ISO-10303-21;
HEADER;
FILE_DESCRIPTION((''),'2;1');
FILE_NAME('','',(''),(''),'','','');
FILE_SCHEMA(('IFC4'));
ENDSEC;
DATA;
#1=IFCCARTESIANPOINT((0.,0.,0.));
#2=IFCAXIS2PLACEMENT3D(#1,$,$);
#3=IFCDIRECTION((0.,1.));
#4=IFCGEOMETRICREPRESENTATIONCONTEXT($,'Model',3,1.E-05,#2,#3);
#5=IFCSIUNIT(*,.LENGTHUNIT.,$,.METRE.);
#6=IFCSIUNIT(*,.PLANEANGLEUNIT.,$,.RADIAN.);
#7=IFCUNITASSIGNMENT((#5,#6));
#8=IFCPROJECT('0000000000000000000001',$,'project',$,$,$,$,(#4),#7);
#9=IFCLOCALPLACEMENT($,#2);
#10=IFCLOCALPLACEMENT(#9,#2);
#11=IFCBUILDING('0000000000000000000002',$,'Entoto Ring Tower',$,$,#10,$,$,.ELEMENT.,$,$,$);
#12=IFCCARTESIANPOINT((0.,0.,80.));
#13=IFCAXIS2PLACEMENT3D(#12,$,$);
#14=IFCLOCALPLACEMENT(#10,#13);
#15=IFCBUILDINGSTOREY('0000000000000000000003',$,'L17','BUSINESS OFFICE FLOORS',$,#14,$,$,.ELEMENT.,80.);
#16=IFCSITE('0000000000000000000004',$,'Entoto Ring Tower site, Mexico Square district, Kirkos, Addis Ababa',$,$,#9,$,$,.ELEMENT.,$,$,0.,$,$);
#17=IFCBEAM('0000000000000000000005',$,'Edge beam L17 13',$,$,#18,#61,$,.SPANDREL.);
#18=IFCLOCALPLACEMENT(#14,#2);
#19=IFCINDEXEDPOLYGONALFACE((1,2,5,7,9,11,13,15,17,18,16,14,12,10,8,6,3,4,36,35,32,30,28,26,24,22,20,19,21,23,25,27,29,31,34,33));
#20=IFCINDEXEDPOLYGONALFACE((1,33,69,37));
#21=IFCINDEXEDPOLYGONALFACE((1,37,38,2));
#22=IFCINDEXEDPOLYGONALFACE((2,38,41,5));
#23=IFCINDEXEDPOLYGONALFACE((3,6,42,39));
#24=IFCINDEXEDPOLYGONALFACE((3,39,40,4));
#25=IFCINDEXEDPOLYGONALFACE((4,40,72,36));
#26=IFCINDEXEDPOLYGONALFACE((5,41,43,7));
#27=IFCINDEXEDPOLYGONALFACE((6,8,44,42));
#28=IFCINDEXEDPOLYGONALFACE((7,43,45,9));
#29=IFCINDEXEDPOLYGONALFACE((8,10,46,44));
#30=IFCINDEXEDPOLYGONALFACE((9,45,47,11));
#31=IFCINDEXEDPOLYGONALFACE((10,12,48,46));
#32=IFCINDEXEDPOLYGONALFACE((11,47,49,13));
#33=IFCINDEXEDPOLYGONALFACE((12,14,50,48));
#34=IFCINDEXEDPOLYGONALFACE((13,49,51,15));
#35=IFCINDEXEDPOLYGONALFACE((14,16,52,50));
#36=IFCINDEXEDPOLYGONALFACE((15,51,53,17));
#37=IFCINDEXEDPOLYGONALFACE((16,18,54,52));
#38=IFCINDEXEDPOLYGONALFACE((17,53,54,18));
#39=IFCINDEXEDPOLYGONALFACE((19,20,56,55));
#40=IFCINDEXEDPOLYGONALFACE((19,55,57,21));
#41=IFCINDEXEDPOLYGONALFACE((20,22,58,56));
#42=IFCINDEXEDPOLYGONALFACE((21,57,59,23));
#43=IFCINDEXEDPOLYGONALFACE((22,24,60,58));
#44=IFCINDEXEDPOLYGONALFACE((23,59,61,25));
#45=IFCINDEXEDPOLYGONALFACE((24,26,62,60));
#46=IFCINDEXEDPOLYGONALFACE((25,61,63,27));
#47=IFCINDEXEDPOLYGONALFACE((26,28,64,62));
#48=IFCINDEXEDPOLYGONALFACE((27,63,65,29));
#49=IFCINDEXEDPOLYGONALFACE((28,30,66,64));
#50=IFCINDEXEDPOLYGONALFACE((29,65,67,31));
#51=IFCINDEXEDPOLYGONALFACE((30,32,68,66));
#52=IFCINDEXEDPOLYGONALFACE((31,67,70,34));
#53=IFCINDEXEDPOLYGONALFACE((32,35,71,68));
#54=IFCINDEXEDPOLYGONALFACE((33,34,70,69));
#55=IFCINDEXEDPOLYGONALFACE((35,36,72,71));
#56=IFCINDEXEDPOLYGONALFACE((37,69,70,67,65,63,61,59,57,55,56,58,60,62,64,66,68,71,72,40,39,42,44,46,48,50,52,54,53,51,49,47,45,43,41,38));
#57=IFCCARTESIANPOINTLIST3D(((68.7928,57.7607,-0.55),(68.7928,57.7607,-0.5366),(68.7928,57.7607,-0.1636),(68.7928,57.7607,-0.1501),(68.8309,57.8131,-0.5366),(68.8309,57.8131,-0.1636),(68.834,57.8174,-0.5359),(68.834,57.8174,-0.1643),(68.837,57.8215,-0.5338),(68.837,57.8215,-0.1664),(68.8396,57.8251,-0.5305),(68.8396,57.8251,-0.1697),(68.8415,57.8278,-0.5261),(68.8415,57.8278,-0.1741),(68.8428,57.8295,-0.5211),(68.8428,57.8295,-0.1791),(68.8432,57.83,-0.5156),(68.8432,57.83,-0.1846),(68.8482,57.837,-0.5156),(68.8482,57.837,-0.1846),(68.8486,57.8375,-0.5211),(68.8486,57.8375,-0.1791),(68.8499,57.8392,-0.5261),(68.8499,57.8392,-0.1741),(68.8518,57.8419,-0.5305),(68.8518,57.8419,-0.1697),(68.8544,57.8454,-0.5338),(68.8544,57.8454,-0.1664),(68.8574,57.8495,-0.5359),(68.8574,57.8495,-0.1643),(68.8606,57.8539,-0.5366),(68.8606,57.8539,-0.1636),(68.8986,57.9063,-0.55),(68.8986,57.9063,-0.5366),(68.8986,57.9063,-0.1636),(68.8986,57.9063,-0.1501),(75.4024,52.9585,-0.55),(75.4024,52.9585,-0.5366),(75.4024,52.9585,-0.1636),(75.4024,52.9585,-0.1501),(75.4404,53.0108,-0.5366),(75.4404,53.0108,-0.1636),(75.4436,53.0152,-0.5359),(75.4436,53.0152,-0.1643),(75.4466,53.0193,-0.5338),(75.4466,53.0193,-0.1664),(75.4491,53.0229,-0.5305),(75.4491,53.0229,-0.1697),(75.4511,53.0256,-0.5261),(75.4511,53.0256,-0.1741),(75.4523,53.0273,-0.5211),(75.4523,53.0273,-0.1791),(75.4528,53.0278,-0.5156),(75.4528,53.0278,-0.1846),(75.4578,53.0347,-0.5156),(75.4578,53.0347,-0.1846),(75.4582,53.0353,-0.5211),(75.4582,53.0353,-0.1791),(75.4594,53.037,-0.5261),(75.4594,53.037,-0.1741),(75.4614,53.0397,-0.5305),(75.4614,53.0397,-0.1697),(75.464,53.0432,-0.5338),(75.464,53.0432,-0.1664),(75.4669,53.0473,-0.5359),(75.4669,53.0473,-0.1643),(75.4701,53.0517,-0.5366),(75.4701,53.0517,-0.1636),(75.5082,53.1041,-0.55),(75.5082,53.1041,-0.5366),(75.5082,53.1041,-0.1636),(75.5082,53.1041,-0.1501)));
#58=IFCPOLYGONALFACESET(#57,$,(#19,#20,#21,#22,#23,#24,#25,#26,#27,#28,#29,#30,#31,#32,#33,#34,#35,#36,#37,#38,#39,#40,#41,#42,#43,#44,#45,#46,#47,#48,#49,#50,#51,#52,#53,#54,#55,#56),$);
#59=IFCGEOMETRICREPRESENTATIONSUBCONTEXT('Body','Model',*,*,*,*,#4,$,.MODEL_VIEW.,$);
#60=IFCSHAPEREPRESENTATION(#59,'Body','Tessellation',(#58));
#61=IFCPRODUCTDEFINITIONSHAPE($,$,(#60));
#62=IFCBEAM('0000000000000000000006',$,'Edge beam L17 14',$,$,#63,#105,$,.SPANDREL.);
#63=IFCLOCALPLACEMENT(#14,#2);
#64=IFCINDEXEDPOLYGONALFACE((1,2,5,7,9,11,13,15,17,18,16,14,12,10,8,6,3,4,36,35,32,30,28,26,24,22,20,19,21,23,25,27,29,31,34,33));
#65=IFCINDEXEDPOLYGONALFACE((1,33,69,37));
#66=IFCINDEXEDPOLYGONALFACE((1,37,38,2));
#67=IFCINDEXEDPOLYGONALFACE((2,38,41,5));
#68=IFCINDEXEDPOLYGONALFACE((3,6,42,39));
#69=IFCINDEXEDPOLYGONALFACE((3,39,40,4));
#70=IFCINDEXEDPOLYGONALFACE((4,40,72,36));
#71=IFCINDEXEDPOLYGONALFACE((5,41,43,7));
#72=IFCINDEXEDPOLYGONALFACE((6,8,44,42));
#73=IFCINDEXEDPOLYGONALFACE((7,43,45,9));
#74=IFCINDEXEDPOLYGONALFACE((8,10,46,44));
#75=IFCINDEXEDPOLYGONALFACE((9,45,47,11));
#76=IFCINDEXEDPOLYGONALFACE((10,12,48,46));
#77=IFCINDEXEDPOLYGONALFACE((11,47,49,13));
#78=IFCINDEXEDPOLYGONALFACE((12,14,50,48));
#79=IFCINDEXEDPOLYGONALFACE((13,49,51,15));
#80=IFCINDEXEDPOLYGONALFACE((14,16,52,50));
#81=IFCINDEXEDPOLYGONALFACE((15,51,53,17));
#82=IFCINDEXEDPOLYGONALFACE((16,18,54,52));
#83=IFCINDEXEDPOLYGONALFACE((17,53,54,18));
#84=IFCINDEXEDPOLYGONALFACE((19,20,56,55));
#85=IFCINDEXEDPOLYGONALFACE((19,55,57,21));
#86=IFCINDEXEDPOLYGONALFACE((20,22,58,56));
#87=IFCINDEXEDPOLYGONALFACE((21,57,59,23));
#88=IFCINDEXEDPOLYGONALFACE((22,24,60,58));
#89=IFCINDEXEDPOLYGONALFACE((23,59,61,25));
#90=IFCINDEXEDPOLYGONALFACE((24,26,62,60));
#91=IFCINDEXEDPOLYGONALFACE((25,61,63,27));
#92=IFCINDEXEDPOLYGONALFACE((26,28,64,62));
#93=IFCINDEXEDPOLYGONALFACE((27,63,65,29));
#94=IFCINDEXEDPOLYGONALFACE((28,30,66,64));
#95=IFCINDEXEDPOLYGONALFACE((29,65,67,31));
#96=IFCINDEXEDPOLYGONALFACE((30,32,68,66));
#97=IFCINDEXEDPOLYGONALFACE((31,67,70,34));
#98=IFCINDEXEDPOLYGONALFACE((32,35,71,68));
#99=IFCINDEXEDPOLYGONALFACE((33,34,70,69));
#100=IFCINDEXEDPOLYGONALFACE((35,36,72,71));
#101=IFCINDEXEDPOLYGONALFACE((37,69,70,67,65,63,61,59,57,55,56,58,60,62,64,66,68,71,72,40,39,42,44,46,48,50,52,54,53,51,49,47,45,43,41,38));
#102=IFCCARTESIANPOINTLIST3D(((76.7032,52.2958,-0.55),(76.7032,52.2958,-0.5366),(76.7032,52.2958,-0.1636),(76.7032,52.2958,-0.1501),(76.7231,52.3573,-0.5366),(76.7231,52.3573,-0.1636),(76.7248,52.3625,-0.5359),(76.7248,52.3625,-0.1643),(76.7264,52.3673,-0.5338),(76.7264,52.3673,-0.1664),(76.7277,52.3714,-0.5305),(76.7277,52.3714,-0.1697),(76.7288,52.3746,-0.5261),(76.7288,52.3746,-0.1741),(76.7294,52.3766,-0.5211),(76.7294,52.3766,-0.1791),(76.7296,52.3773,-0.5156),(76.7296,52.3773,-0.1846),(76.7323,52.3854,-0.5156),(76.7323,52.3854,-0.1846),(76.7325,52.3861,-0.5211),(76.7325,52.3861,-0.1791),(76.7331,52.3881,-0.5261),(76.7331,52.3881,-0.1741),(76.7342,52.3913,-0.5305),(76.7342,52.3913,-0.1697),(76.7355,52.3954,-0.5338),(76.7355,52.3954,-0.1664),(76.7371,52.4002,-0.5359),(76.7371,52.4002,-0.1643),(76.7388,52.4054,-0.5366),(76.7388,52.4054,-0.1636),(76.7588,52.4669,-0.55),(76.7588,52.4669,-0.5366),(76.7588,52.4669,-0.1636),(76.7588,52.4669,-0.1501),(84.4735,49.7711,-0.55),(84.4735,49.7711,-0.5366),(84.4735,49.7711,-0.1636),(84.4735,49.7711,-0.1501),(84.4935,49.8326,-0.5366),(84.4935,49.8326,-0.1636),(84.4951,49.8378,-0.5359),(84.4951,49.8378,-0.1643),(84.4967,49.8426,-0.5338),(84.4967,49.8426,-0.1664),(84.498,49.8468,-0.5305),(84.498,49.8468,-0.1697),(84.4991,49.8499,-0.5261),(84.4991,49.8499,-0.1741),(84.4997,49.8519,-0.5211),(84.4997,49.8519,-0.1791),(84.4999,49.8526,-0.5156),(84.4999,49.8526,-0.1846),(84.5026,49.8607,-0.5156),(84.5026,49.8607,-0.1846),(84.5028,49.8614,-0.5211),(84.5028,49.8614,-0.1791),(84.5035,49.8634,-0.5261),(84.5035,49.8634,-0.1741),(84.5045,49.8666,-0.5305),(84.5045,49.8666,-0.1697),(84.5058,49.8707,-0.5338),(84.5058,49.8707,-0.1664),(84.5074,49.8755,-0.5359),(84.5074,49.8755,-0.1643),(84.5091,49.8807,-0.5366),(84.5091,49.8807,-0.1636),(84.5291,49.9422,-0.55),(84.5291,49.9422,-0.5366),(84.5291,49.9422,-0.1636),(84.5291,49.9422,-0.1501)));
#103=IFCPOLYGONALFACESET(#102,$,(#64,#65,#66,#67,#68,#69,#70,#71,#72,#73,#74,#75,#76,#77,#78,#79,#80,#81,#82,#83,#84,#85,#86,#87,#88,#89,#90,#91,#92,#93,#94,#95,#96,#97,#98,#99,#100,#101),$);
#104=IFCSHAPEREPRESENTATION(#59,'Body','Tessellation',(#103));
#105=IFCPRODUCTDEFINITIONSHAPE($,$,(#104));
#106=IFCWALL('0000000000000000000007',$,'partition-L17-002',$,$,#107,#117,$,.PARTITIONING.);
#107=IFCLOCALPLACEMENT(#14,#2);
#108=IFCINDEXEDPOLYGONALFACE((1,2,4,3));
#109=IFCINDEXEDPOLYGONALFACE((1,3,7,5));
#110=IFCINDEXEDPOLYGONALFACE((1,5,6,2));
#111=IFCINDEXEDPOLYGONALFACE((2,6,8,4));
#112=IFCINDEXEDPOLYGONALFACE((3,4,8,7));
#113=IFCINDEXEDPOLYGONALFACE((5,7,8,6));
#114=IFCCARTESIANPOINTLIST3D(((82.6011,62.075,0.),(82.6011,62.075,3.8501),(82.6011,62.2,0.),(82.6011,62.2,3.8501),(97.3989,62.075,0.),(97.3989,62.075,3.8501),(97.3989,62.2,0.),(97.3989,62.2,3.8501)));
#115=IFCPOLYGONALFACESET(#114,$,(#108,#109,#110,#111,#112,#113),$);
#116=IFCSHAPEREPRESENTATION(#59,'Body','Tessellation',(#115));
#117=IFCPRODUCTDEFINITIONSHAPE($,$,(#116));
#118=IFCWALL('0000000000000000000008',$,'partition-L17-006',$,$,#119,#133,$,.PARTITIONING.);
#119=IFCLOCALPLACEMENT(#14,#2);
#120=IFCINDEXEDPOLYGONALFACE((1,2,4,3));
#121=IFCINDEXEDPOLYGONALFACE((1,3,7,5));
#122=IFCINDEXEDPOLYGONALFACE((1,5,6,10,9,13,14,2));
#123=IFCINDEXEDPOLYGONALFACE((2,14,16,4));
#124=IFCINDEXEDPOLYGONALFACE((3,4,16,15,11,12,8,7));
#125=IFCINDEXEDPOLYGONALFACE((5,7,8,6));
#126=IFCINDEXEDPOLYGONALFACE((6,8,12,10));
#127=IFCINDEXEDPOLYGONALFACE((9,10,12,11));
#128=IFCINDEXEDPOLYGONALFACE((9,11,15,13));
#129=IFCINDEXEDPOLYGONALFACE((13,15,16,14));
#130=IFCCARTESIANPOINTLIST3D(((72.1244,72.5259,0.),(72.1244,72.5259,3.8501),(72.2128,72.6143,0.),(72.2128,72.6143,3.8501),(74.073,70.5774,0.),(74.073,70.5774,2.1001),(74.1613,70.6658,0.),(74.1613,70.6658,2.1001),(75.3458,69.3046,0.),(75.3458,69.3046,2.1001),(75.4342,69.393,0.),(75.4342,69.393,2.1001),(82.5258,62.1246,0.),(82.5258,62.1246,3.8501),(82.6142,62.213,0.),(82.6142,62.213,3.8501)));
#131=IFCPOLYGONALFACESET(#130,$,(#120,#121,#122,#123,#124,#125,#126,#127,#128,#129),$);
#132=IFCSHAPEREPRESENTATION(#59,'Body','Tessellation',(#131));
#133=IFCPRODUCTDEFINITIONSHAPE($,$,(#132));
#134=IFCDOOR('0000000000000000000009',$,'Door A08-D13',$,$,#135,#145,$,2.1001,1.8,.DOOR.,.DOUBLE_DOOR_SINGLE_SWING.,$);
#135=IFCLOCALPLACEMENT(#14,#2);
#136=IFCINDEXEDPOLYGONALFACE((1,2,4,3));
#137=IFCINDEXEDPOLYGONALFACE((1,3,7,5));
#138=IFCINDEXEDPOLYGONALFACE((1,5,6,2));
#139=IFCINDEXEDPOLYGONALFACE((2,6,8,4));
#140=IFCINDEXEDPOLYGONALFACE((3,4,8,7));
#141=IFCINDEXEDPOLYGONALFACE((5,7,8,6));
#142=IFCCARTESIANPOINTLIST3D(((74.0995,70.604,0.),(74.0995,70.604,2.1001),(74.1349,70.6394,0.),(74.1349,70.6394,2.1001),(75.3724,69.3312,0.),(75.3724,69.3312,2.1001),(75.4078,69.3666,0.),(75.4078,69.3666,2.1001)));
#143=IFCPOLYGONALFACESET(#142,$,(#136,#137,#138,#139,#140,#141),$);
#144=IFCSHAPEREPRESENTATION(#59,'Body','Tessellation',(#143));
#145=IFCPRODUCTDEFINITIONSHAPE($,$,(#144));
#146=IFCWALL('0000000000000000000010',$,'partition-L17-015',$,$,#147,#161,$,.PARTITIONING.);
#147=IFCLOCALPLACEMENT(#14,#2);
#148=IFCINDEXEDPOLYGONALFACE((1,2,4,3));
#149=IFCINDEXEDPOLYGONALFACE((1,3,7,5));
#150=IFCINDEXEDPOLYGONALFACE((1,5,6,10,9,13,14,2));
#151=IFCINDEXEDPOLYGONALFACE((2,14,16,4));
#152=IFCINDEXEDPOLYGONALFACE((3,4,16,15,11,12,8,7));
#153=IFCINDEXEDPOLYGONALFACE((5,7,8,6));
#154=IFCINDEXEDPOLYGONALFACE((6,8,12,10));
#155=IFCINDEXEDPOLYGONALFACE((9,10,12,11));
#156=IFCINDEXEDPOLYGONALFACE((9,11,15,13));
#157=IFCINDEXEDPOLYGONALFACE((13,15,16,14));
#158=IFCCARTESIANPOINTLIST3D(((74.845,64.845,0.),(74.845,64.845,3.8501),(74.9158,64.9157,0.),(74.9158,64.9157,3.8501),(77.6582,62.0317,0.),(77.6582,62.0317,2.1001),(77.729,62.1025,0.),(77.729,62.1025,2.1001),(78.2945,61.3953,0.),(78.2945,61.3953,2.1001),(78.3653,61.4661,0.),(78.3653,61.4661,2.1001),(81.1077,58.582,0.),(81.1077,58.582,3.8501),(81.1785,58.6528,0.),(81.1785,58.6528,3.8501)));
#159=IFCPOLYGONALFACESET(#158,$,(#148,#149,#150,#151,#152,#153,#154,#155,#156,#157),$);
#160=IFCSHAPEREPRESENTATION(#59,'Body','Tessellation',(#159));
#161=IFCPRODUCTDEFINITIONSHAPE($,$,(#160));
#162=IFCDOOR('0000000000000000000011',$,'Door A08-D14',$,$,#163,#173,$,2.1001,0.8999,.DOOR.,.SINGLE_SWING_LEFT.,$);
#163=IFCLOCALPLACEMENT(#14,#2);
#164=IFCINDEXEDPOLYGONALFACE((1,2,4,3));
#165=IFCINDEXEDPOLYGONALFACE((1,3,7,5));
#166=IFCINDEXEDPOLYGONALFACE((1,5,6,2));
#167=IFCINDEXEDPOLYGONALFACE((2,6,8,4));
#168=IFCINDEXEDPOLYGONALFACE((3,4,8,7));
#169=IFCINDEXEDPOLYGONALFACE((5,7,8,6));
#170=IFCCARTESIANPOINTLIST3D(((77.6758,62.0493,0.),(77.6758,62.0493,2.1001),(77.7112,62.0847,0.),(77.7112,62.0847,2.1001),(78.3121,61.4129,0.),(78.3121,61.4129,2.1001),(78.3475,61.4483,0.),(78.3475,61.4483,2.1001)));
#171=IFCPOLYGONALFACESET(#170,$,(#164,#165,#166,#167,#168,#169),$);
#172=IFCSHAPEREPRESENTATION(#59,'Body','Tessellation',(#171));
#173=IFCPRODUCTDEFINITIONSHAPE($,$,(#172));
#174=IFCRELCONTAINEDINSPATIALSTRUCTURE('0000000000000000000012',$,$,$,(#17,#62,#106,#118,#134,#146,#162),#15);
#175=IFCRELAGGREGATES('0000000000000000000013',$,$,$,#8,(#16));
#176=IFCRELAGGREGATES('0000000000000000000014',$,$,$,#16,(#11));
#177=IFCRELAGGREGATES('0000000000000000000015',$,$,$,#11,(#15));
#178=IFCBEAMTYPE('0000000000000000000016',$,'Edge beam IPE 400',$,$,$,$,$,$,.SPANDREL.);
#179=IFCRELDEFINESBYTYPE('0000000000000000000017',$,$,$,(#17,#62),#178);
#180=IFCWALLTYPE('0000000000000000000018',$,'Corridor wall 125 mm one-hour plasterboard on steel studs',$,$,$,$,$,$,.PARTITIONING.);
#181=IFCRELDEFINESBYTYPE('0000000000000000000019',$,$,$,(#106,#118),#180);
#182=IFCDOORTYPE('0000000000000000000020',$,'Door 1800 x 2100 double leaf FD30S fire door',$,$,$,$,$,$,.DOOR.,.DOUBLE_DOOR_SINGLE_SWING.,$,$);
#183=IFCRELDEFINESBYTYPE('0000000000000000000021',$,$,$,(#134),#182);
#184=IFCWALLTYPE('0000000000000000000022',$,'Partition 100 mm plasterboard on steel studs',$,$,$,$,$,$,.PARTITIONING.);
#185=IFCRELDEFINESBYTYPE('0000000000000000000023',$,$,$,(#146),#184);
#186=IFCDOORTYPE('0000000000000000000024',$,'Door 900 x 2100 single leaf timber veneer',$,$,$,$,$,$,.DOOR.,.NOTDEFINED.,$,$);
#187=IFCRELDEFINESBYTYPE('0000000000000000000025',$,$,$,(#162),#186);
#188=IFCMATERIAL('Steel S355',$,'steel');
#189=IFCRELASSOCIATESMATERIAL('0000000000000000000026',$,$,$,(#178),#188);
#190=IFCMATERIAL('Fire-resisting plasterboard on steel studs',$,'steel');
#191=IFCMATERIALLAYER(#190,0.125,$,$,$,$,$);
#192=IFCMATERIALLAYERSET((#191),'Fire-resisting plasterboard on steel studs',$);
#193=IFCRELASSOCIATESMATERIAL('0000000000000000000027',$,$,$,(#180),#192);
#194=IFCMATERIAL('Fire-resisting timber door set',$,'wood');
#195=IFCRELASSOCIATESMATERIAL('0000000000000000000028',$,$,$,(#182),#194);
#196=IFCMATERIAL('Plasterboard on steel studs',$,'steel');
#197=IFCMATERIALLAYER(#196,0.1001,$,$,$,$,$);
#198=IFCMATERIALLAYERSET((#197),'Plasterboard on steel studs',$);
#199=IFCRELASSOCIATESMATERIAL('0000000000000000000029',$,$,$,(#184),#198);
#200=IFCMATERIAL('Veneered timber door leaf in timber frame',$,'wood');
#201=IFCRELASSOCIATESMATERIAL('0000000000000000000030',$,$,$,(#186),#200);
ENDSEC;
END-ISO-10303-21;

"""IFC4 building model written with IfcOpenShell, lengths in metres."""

from ifc_helpers import new_model, si_unit, direction, frame, frame_2d, origin, origin_2d, place, context, subcontext, project, spatial, rectangle, i_section, extrude, material, layer, layer_set, material_profile, profile_set, type_object, element, fill, save


model = new_model("IFC4")

# Units and contexts
model_context = context("Model", 3, precision=1e-05, world=origin(), true_north=direction((0.0, 1.0)))
body_context = subcontext(model_context, "Body", "Model", "MODEL_VIEW")
ifc_project = project(units=[si_unit("LENGTHUNIT", "METRE"), si_unit("PLANEANGLEUNIT", "RADIAN")], contexts=[model_context])

# Site, building, storey
site_placement = place(None, origin())
site = spatial("IfcSite", under=ifc_project, at=site_placement, Name="Entoto Ring Tower site, Mexico Square district, Kirkos, Addis Ababa", CompositionType="ELEMENT", RefElevation=0.0)
building_placement = place(site_placement, origin())
building = spatial("IfcBuilding", under=site, at=building_placement, Name="Entoto Ring Tower", CompositionType="ELEMENT")
storey_placement = place(building_placement, frame((0.0, 0.0, 80.0)))
storey = spatial("IfcBuildingStorey", under=building, at=storey_placement, Name="L17", Description="BUSINESS OFFICE FLOORS", CompositionType="ELEMENT", Elevation=80.0)

# Beams
ifc_material_1 = material(Name="Steel S355", Category="steel")
ifc_material_profile_1 = material_profile(ifc_material_1, i_section(OverallWidth=0.1799, OverallDepth=0.3999, WebThickness=0.0085, FlangeThickness=0.0134, FilletRadius=0.021, at=origin_2d()), Name="IPE 400")
ifc_profile_set_1 = profile_set([ifc_material_profile_1], Name="Steel S355")
beam_type = type_object("IfcBeamType", Name="Edge beam IPE 400", PredefinedType="SPANDREL", material=ifc_profile_set_1)
beam_1_placement = place(storey_placement, frame((68.8457, 57.8335, -0.3501), z_axis=(0.809013, -0.587791, 0.0), x_axis=(0.587791, 0.809013, 0.0)))
element("IfcBeam", 1, at=beam_1_placement, inside=storey, type_object=beam_type, Name="Edge beam L17 13", PredefinedType="SPANDREL", context=body_context, shape_type="SweptSolid", body=[
    extrude(i_section(OverallWidth=0.1799, OverallDepth=0.3999, WebThickness=0.0085, FlangeThickness=0.0134, FilletRadius=0.021, at=origin_2d()), origin(), (0.0, 0.0, 1.0), 8.1699),
])
beam_2_placement = place(storey_placement, frame((76.731, 52.3813, -0.3501), z_axis=(0.951058, -0.309011, 0.0), x_axis=(0.309011, 0.951058, 0.0)))
element("IfcBeam", 2, at=beam_2_placement, inside=storey, type_object=beam_type, Name="Edge beam L17 14", PredefinedType="SPANDREL", context=body_context, shape_type="SweptSolid", body=[
    extrude(i_section(OverallWidth=0.1799, OverallDepth=0.3999, WebThickness=0.0085, FlangeThickness=0.0134, FilletRadius=0.021, at=origin_2d()), origin(), (0.0, 0.0, 1.0), 8.1702),
])

# Wall
ifc_material_2 = material(Name="Fire-resisting plasterboard on steel studs", Category="steel")
ifc_layer_1 = layer(ifc_material_2, 0.125)
ifc_layer_set_1 = layer_set([ifc_layer_1], Name="Fire-resisting plasterboard on steel studs")
wall_type_1 = type_object("IfcWallType", Name="Corridor wall 125 mm one-hour plasterboard on steel studs", PredefinedType="PARTITIONING", material=ifc_layer_set_1)
wall_1_placement = place(storey_placement, frame((82.6011, 62.1375, 0.0), z_axis=(0.0, 0.0, 1.0), x_axis=(1.0, 0.0, 0.0)))
element("IfcWall", 3, at=wall_1_placement, inside=storey, type_object=wall_type_1, Name="partition-L17-002", PredefinedType="PARTITIONING", context=body_context, shape_type="SweptSolid", body=[
    extrude(rectangle(XDim=14.7979, YDim=0.125, at=frame_2d((7.3989, 0.0))), origin(), (0.0, 0.0, 1.0), 3.8501),
])

# Walls, openings, doors
wall_2_placement = place(storey_placement, frame((82.5701, 62.1687, 0.0), z_axis=(0.0, 0.0, 1.0), x_axis=(-0.707107, 0.707107, 0.0)))
wall_2 = element("IfcWall", 4, at=wall_2_placement, inside=storey, type_object=wall_type_1, Name="partition-L17-006", PredefinedType="PARTITIONING", context=body_context, shape_type="SweptSolid", body=[
    extrude(rectangle(XDim=14.7097, YDim=0.125, at=frame_2d((7.355, 0.0))), origin(), (0.0, 0.0, 1.0), 3.8501),
])
opening_1_placement = place(wall_2_placement, frame((10.1543, 0.0, 0.0)))
opening_1 = element("IfcOpeningElement", 5, at=opening_1_placement, cuts=wall_2, PredefinedType="OPENING", context=body_context, shape_type="SweptSolid", body=[
    extrude(rectangle(XDim=1.8, YDim=2.1001, at=frame_2d((0.8999, 1.05))), frame((0.0, 0.0725, 0.0), z_axis=(0.0, -1.0, 0.0), x_axis=(1.0, 0.0, 0.0)), (0.0, 0.0, 1.0), 0.145),
])
ifc_material_3 = material(Name="Fire-resisting timber door set", Category="wood")
door_type_1 = type_object("IfcDoorType", Name="Door 1800 x 2100 double leaf FD30S fire door", OperationType="DOUBLE_DOOR_SINGLE_SWING", PredefinedType="DOOR", material=ifc_material_3)
door_1_placement = place(opening_1_placement, origin())
door_1 = element("IfcDoor", 6, at=door_1_placement, inside=storey, type_object=door_type_1, Name="Door A08-D13", OperationType="DOUBLE_DOOR_SINGLE_SWING", OverallHeight=2.1001, OverallWidth=1.8, PredefinedType="DOOR", context=body_context, shape_type="SweptSolid", body=[
    extrude(rectangle(XDim=1.8, YDim=2.1001, at=frame_2d((0.8999, 1.05))), frame((0.0, 0.0249, 0.0), z_axis=(0.0, -1.0, 0.0), x_axis=(1.0, 0.0, 0.0)), (0.0, 0.0, 1.0), 0.05),
])
fill(opening_1, door_1)
ifc_material_4 = material(Name="Plasterboard on steel studs", Category="steel")
ifc_layer_2 = layer(ifc_material_4, 0.1001)
ifc_layer_set_2 = layer_set([ifc_layer_2], Name="Plasterboard on steel studs")
wall_type_2 = type_object("IfcWallType", Name="Partition 100 mm plasterboard on steel studs", PredefinedType="PARTITIONING", material=ifc_layer_set_2)
wall_3_placement = place(storey_placement, frame((81.1431, 58.6174, 0.0), z_axis=(0.0, 0.0, 1.0), x_axis=(-0.707093, 0.707121, 0.0)))
wall_3 = element("IfcWall", 7, at=wall_3_placement, inside=storey, type_object=wall_type_2, Name="partition-L17-015", PredefinedType="PARTITIONING", context=body_context, shape_type="SweptSolid", body=[
    extrude(rectangle(XDim=8.8569, YDim=0.1001, at=frame_2d((4.4285, 0.0))), origin(), (0.0, 0.0, 1.0), 3.8501),
])
opening_2_placement = place(wall_3_placement, frame((3.9785, 0.0, 0.0)))
opening_2 = element("IfcOpeningElement", 8, at=opening_2_placement, cuts=wall_3, PredefinedType="OPENING", context=body_context, shape_type="SweptSolid", body=[
    extrude(rectangle(XDim=0.8999, YDim=2.1001, at=frame_2d((0.45, 1.05))), frame((0.0, 0.0601, 0.0), z_axis=(0.0, -1.0, 0.0), x_axis=(1.0, 0.0, 0.0)), (0.0, 0.0, 1.0), 0.1201),
])
ifc_material_5 = material(Name="Veneered timber door leaf in timber frame", Category="wood")
door_type_2 = type_object("IfcDoorType", Name="Door 900 x 2100 single leaf timber veneer", OperationType="NOTDEFINED", PredefinedType="DOOR", material=ifc_material_5)
door_2_placement = place(opening_2_placement, frame((0.8999, 0.0, 0.0), z_axis=(0.0, 0.0, 1.0), x_axis=(-1.0, 0.0, 0.0)))
door_2 = element("IfcDoor", 9, at=door_2_placement, inside=storey, type_object=door_type_2, Name="Door A08-D14", OperationType="SINGLE_SWING_LEFT", OverallHeight=2.1001, OverallWidth=0.8999, PredefinedType="DOOR", context=body_context, shape_type="SweptSolid", body=[
    extrude(rectangle(XDim=0.8999, YDim=2.1001, at=frame_2d((0.45, 1.05))), frame((0.0, 0.0249, 0.0), z_axis=(0.0, -1.0, 0.0), x_axis=(1.0, 0.0, 0.0)), (0.0, 0.0, 1.0), 0.05),
])
fill(opening_2, door_2)

save(model, "model.ifc")
